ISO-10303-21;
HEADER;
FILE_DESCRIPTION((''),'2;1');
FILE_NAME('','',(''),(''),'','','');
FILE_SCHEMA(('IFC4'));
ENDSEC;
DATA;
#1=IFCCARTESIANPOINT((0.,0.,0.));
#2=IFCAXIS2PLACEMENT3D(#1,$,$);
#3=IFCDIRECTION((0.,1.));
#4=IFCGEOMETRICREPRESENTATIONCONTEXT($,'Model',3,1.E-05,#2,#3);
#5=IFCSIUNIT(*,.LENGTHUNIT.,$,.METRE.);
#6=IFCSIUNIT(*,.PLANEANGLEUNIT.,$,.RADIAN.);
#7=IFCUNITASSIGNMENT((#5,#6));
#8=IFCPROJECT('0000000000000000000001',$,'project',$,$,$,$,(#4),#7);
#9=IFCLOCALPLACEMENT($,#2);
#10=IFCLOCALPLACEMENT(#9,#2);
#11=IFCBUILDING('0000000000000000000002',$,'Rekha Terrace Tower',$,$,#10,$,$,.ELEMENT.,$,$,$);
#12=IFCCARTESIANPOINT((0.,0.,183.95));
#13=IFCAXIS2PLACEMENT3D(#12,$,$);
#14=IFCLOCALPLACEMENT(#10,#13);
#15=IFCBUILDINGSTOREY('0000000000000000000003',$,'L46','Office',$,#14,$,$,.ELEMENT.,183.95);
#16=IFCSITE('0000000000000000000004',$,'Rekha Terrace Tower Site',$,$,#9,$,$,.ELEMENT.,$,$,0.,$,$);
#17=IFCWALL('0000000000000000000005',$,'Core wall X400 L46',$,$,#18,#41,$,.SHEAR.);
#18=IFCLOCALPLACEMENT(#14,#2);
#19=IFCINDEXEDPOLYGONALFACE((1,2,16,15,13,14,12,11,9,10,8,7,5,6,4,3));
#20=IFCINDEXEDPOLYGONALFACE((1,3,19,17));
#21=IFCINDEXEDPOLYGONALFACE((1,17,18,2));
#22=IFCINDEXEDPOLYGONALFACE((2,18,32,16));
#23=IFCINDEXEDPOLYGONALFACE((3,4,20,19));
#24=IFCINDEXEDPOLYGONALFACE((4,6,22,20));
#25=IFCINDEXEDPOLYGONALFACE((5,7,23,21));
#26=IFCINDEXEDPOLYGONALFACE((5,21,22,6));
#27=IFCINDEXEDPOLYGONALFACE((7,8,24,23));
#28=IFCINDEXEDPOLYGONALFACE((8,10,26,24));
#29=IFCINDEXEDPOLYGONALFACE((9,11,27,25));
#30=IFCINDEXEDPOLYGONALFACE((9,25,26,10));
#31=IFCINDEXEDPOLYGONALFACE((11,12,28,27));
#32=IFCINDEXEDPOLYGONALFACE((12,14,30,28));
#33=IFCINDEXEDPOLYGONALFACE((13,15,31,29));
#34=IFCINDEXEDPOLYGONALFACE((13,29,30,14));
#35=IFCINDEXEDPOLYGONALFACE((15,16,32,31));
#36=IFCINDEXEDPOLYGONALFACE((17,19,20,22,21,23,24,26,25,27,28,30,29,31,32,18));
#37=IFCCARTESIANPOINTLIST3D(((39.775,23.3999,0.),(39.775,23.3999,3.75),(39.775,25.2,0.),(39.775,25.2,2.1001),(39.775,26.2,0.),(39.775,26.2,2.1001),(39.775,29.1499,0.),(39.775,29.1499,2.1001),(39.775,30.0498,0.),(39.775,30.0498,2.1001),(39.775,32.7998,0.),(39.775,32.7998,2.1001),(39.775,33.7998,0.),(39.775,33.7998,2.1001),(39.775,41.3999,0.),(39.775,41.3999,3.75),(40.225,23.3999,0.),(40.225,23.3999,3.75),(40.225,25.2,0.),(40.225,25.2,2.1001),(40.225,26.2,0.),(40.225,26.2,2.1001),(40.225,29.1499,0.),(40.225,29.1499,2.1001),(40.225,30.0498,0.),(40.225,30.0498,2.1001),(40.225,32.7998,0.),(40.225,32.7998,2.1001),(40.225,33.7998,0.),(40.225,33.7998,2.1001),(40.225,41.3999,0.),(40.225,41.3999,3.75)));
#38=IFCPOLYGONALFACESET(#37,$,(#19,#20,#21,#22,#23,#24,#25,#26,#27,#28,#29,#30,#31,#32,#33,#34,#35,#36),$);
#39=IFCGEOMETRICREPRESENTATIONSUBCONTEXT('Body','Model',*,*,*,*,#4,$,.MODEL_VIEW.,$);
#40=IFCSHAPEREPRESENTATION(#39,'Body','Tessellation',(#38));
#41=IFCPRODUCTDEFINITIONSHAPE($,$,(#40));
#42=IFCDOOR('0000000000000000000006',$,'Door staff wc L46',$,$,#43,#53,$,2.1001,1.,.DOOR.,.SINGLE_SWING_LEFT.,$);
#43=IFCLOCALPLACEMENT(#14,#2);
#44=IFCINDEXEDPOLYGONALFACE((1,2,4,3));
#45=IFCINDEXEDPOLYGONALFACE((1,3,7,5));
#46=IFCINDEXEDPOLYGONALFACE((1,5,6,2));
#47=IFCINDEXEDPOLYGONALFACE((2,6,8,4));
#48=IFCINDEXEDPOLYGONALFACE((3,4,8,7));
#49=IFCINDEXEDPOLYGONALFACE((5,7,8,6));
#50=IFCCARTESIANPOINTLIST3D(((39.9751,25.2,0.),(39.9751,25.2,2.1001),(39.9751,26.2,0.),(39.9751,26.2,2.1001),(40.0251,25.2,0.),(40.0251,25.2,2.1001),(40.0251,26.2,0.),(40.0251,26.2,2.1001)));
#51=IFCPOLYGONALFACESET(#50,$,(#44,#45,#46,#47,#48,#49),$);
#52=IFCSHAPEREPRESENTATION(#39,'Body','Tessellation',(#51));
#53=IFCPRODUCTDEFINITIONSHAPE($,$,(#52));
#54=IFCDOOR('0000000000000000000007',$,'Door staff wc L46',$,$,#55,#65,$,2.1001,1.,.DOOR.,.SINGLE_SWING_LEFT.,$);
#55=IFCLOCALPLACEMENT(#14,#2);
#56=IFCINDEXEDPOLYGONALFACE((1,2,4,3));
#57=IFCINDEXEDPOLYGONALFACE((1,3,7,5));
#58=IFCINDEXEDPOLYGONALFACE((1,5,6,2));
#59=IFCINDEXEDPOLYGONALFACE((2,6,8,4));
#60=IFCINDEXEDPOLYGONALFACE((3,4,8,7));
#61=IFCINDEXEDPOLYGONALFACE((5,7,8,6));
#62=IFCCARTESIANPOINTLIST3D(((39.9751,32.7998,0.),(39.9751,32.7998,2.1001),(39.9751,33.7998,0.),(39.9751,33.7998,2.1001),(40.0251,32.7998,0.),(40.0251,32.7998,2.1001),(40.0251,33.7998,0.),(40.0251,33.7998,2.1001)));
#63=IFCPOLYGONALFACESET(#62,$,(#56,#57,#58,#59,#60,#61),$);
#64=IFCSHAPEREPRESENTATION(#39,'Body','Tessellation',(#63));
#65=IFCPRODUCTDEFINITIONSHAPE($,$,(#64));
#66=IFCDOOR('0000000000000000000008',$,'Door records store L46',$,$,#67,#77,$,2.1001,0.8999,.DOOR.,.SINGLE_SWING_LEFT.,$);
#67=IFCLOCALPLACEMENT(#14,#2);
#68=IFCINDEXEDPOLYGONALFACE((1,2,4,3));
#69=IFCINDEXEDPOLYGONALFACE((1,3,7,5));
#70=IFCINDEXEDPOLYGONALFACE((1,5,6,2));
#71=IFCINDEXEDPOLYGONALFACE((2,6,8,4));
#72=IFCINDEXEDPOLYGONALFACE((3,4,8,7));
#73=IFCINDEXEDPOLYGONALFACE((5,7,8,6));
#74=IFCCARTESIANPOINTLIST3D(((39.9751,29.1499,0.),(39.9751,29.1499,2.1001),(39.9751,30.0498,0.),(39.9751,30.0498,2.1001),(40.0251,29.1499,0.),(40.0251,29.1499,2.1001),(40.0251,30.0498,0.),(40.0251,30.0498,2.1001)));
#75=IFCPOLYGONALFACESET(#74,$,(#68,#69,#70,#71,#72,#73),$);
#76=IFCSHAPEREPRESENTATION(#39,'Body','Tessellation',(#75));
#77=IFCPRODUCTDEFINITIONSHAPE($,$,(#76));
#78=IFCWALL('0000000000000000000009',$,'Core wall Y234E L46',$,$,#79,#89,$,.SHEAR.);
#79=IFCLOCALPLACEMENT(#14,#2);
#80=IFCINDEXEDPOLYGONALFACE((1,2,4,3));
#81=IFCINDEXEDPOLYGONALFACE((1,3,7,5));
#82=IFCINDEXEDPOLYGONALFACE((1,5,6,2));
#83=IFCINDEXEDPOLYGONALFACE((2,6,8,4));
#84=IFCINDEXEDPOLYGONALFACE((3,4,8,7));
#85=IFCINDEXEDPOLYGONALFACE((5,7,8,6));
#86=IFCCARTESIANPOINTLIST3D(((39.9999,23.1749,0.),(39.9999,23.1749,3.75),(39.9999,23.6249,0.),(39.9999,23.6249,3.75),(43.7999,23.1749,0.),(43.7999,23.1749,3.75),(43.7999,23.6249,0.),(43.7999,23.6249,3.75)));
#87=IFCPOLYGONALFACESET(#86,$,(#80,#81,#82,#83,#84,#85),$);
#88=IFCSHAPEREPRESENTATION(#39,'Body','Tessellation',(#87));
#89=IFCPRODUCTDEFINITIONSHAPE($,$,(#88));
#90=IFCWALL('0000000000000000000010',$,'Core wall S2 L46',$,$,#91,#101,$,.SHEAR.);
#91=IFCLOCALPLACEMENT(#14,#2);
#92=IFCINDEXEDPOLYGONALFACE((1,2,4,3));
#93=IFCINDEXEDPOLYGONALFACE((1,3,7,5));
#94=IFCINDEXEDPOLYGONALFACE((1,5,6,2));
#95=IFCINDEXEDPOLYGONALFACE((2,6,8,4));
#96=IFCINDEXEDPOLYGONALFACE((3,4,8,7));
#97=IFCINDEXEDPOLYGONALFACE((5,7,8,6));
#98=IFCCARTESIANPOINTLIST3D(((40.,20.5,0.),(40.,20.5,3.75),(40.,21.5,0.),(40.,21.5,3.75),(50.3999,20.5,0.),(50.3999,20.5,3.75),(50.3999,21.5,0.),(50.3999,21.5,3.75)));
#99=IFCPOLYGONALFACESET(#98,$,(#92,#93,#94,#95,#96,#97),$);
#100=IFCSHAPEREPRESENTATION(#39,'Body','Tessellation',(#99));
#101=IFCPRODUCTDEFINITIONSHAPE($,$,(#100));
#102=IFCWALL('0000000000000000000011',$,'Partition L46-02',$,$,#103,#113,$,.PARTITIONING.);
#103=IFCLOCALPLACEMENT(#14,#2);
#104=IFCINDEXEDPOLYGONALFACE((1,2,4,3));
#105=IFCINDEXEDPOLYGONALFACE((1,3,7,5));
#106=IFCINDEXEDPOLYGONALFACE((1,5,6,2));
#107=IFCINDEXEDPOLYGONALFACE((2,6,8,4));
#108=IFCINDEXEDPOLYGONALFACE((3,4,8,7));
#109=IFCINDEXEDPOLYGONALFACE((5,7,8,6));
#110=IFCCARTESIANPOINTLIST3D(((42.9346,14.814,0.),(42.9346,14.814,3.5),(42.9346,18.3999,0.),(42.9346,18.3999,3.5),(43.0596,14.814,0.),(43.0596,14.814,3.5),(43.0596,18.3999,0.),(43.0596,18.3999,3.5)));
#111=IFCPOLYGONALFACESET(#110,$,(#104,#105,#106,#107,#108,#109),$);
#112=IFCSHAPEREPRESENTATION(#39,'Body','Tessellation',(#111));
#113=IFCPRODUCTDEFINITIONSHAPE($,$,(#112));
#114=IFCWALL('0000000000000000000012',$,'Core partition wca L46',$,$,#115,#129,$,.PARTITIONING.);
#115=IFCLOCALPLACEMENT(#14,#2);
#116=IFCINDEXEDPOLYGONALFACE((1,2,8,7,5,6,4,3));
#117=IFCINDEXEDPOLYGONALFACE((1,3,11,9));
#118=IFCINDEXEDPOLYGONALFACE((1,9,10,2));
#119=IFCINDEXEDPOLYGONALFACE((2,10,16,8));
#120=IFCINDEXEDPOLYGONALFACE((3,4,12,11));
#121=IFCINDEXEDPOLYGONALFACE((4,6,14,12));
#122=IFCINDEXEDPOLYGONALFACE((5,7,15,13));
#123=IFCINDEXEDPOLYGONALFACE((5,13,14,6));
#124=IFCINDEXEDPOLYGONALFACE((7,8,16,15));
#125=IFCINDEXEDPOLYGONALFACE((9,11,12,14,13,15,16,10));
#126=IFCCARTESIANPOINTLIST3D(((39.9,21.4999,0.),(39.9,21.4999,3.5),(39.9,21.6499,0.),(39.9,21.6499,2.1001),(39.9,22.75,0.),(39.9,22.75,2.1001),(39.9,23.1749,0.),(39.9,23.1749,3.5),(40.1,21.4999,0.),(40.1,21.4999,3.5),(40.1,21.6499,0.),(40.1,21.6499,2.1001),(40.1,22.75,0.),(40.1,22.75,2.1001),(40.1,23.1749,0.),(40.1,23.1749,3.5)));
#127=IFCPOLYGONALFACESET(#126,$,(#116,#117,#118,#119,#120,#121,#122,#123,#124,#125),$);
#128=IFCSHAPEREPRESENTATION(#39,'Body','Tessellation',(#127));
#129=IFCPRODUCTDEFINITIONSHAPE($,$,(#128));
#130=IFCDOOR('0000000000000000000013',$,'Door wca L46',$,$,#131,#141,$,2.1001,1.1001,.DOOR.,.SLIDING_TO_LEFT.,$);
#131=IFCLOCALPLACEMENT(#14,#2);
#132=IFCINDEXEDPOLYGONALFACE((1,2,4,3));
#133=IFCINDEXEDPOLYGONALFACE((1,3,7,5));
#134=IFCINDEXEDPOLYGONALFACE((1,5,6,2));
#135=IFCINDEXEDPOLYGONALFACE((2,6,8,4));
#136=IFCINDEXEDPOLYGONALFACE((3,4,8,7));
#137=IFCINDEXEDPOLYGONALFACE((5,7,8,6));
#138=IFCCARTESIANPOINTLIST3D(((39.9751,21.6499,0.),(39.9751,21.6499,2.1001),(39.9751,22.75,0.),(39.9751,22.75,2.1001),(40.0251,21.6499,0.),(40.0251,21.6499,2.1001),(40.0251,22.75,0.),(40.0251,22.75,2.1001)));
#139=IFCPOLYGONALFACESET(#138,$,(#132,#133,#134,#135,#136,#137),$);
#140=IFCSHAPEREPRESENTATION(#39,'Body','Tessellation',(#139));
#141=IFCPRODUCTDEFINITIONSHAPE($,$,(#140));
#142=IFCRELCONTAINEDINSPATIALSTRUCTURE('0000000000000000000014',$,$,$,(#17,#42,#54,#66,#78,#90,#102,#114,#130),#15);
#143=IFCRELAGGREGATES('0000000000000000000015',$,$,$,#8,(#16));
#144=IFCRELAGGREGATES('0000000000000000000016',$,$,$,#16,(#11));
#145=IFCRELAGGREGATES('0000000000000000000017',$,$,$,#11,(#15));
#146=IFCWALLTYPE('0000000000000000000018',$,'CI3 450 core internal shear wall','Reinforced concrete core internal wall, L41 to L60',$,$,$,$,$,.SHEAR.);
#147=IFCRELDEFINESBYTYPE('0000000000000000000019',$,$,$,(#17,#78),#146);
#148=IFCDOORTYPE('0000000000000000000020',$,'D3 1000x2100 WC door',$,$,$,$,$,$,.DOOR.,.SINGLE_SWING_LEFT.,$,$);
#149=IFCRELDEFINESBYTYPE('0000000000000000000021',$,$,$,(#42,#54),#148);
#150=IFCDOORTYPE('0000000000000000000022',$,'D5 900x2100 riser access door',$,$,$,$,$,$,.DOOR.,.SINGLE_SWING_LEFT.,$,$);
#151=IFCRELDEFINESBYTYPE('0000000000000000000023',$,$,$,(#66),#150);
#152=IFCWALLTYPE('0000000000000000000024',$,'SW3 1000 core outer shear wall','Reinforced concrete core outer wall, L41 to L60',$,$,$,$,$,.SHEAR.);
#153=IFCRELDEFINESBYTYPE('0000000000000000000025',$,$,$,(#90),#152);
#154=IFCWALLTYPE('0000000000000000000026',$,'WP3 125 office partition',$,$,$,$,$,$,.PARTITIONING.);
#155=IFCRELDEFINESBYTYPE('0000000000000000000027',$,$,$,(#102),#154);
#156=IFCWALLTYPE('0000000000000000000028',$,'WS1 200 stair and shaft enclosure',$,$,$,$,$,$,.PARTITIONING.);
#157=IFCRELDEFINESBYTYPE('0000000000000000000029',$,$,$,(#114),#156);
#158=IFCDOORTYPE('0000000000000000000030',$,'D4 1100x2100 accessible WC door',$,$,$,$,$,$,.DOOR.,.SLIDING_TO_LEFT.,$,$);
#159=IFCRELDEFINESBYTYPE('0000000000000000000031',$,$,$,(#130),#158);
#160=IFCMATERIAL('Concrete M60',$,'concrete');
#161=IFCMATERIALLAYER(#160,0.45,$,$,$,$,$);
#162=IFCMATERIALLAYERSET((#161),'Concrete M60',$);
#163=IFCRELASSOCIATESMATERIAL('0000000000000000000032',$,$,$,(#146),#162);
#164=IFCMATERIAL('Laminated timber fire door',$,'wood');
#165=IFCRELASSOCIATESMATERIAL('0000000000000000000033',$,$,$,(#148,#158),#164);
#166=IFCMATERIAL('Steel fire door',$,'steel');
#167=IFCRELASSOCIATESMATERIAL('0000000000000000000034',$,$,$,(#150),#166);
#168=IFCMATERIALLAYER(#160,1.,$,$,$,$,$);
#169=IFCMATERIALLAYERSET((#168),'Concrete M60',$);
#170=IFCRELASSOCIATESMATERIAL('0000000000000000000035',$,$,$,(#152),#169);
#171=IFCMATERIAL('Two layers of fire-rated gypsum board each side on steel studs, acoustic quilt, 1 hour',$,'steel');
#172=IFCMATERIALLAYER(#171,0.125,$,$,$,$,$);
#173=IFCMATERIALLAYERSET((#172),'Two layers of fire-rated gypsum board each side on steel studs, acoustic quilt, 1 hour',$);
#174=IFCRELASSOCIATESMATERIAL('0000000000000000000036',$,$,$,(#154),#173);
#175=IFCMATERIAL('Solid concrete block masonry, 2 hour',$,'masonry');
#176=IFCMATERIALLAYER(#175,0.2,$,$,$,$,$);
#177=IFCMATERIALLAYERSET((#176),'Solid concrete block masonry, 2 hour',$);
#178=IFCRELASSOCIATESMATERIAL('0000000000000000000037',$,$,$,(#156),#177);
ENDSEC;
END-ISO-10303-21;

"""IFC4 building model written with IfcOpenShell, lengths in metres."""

from ifc_helpers import new_model, si_unit, direction, frame, frame_2d, origin, place, context, subcontext, project, spatial, rectangle, extrude, material, layer, layer_set, type_object, element, fill, save


model = new_model("IFC4")

# Units and contexts
model_context = context("Model", 3, precision=1e-05, world=origin(), true_north=direction((0.0, 1.0)))
body_context = subcontext(model_context, "Body", "Model", "MODEL_VIEW")
ifc_project = project(units=[si_unit("LENGTHUNIT", "METRE"), si_unit("PLANEANGLEUNIT", "RADIAN")], contexts=[model_context])

# Site, building, storey
site_placement = place(None, origin())
site = spatial("IfcSite", under=ifc_project, at=site_placement, Name="Rekha Terrace Tower Site", CompositionType="ELEMENT", RefElevation=0.0)
building_placement = place(site_placement, origin())
building = spatial("IfcBuilding", under=site, at=building_placement, Name="Rekha Terrace Tower", CompositionType="ELEMENT")
storey_placement = place(building_placement, frame((0.0, 0.0, 183.95)))
storey = spatial("IfcBuildingStorey", under=building, at=storey_placement, Name="L46", Description="Office", CompositionType="ELEMENT", Elevation=183.95)

# Shared definitions
ifc_material_1 = material(Name="Concrete M60", Category="concrete")

# Wall, openings, doors
ifc_layer_1 = layer(ifc_material_1, 0.45)
ifc_layer_set_1 = layer_set([ifc_layer_1], Name="Concrete M60")
wall_type_1 = type_object("IfcWallType", Name="CI3 450 core internal shear wall", Description="Reinforced concrete core internal wall, L41 to L60", PredefinedType="SHEAR", material=ifc_layer_set_1)
wall_1_placement = place(storey_placement, frame((40.0, 23.3999, 0.0), z_axis=(0.0, 0.0, 1.0), x_axis=(0.0, 1.0, 0.0)))
wall_1 = element("IfcWall", 1, at=wall_1_placement, inside=storey, type_object=wall_type_1, Name="Core wall X400 L46", PredefinedType="SHEAR", context=body_context, shape_type="SweptSolid", body=[
    extrude(rectangle(XDim=18.0, YDim=0.45, at=frame_2d((9.0, 0.0))), origin(), (0.0, 0.0, 1.0), 3.75),
])
opening_1_placement = place(wall_1_placement, frame((1.8, 0.0, 0.0)))
opening_1 = element("IfcOpeningElement", 2, at=opening_1_placement, cuts=wall_1, PredefinedType="OPENING", context=body_context, shape_type="SweptSolid", body=[
    extrude(rectangle(XDim=1.0, YDim=2.1001, at=frame_2d((0.5, 1.05))), frame((0.0, 0.2349, 0.0), z_axis=(0.0, -1.0, 0.0), x_axis=(1.0, 0.0, 0.0)), (0.0, 0.0, 1.0), 0.47),
])
opening_2_placement = place(wall_1_placement, frame((5.75, 0.0, 0.0)))
opening_2 = element("IfcOpeningElement", 3, at=opening_2_placement, cuts=wall_1, PredefinedType="OPENING", context=body_context, shape_type="SweptSolid", body=[
    extrude(rectangle(XDim=0.8999, YDim=2.1001, at=frame_2d((0.45, 1.05))), frame((0.0, 0.2349, 0.0), z_axis=(0.0, -1.0, 0.0), x_axis=(1.0, 0.0, 0.0)), (0.0, 0.0, 1.0), 0.47),
])
opening_3_placement = place(wall_1_placement, frame((9.3999, 0.0, 0.0)))
opening_3 = element("IfcOpeningElement", 4, at=opening_3_placement, cuts=wall_1, PredefinedType="OPENING", context=body_context, shape_type="SweptSolid", body=[
    extrude(rectangle(XDim=1.0, YDim=2.1001, at=frame_2d((0.5, 1.05))), frame((0.0, 0.2349, 0.0), z_axis=(0.0, -1.0, 0.0), x_axis=(1.0, 0.0, 0.0)), (0.0, 0.0, 1.0), 0.47),
])
ifc_material_2 = material(Name="Laminated timber fire door", Category="wood")
door_type_1 = type_object("IfcDoorType", Name="D3 1000x2100 WC door", OperationType="SINGLE_SWING_LEFT", PredefinedType="DOOR", material=ifc_material_2)
door_1_placement = place(opening_1_placement, origin())
door_1 = element("IfcDoor", 5, at=door_1_placement, inside=storey, type_object=door_type_1, Name="Door staff wc L46", OperationType="SINGLE_SWING_LEFT", OverallHeight=2.1001, OverallWidth=1.0, PredefinedType="DOOR", context=body_context, shape_type="SweptSolid", body=[
    extrude(rectangle(XDim=1.0, YDim=2.1001, at=frame_2d((0.5, 1.05))), frame((0.0, 0.0249, 0.0), z_axis=(0.0, -1.0, 0.0), x_axis=(1.0, 0.0, 0.0)), (0.0, 0.0, 1.0), 0.05),
])
fill(opening_1, door_1)
door_2_placement = place(opening_3_placement, origin())
door_2 = element("IfcDoor", 6, at=door_2_placement, inside=storey, type_object=door_type_1, Name="Door staff wc L46", OperationType="SINGLE_SWING_LEFT", OverallHeight=2.1001, OverallWidth=1.0, PredefinedType="DOOR", context=body_context, shape_type="SweptSolid", body=[
    extrude(rectangle(XDim=1.0, YDim=2.1001, at=frame_2d((0.5, 1.05))), frame((0.0, 0.0249, 0.0), z_axis=(0.0, -1.0, 0.0), x_axis=(1.0, 0.0, 0.0)), (0.0, 0.0, 1.0), 0.05),
])
fill(opening_3, door_2)
ifc_material_3 = material(Name="Steel fire door", Category="steel")
door_type_2 = type_object("IfcDoorType", Name="D5 900x2100 riser access door", OperationType="SINGLE_SWING_LEFT", PredefinedType="DOOR", material=ifc_material_3)
door_3_placement = place(opening_2_placement, origin())
door_3 = element("IfcDoor", 7, at=door_3_placement, inside=storey, type_object=door_type_2, Name="Door records store L46", OperationType="SINGLE_SWING_LEFT", OverallHeight=2.1001, OverallWidth=0.8999, PredefinedType="DOOR", context=body_context, shape_type="SweptSolid", body=[
    extrude(rectangle(XDim=0.8999, YDim=2.1001, at=frame_2d((0.45, 1.05))), frame((0.0, 0.0249, 0.0), z_axis=(0.0, -1.0, 0.0), x_axis=(1.0, 0.0, 0.0)), (0.0, 0.0, 1.0), 0.05),
])
fill(opening_2, door_3)

# Walls
wall_2_placement = place(storey_placement, frame((40.0, 23.3999, 0.0), z_axis=(0.0, 0.0, 1.0), x_axis=(1.0, 0.0, 0.0)))
element("IfcWall", 8, at=wall_2_placement, inside=storey, type_object=wall_type_1, Name="Core wall Y234E L46", PredefinedType="SHEAR", context=body_context, shape_type="SweptSolid", body=[
    extrude(rectangle(XDim=3.8, YDim=0.45, at=frame_2d((1.8999, 0.0))), origin(), (0.0, 0.0, 1.0), 3.75),
])
ifc_layer_2 = layer(ifc_material_1, 1.0)
ifc_layer_set_2 = layer_set([ifc_layer_2], Name="Concrete M60")
wall_type_2 = type_object("IfcWallType", Name="SW3 1000 core outer shear wall", Description="Reinforced concrete core outer wall, L41 to L60", PredefinedType="SHEAR", material=ifc_layer_set_2)
wall_3_placement = place(storey_placement, frame((40.0, 21.0, 0.0), z_axis=(0.0, 0.0, 1.0), x_axis=(1.0, 0.0, 0.0)))
element("IfcWall", 9, at=wall_3_placement, inside=storey, type_object=wall_type_2, Name="Core wall S2 L46", PredefinedType="SHEAR", context=body_context, shape_type="SweptSolid", body=[
    extrude(rectangle(XDim=10.3999, YDim=1.0, at=frame_2d((5.2, 0.0))), origin(), (0.0, 0.0, 1.0), 3.75),
])
ifc_material_4 = material(Name="Two layers of fire-rated gypsum board each side on steel studs, acoustic quilt, 1 hour", Category="steel")
ifc_layer_3 = layer(ifc_material_4, 0.125)
ifc_layer_set_3 = layer_set([ifc_layer_3], Name="Two layers of fire-rated gypsum board each side on steel studs, acoustic quilt, 1 hour")
wall_type_3 = type_object("IfcWallType", Name="WP3 125 office partition", PredefinedType="PARTITIONING", material=ifc_layer_set_3)
wall_4_placement = place(storey_placement, frame((42.9971, 18.3999, 0.0), z_axis=(0.0, 0.0, 1.0), x_axis=(0.0, -1.0, 0.0)))
element("IfcWall", 10, at=wall_4_placement, inside=storey, type_object=wall_type_3, Name="Partition L46-02", PredefinedType="PARTITIONING", context=body_context, shape_type="SweptSolid", body=[
    extrude(rectangle(XDim=3.5859, YDim=0.125, at=frame_2d((1.793, 0.0))), origin(), (0.0, 0.0, 1.0), 3.5),
])

# Wall, opening, door
ifc_material_5 = material(Name="Solid concrete block masonry, 2 hour", Category="masonry")
ifc_layer_4 = layer(ifc_material_5, 0.2)
ifc_layer_set_4 = layer_set([ifc_layer_4], Name="Solid concrete block masonry, 2 hour")
wall_type_4 = type_object("IfcWallType", Name="WS1 200 stair and shaft enclosure", PredefinedType="PARTITIONING", material=ifc_layer_set_4)
wall_5_placement = place(storey_placement, frame((40.0, 21.5, 0.0), z_axis=(0.0, 0.0, 1.0), x_axis=(0.0, 1.0, 0.0)))
wall_5 = element("IfcWall", 11, at=wall_5_placement, inside=storey, type_object=wall_type_4, Name="Core partition wca L46", PredefinedType="PARTITIONING", context=body_context, shape_type="SweptSolid", body=[
    extrude(rectangle(XDim=1.675, YDim=0.2, at=frame_2d((0.8374, 0.0))), origin(), (0.0, 0.0, 1.0), 3.5),
])
opening_4_placement = place(wall_5_placement, frame((0.1499, 0.0, 0.0)))
opening_4 = element("IfcOpeningElement", 12, at=opening_4_placement, cuts=wall_5, PredefinedType="OPENING", context=body_context, shape_type="SweptSolid", body=[
    extrude(rectangle(XDim=1.1001, YDim=2.1001, at=frame_2d((0.55, 1.05))), frame((0.0, 0.1099, 0.0), z_axis=(0.0, -1.0, 0.0), x_axis=(1.0, 0.0, 0.0)), (0.0, 0.0, 1.0), 0.22),
])
door_type_3 = type_object("IfcDoorType", Name="D4 1100x2100 accessible WC door", OperationType="SLIDING_TO_LEFT", PredefinedType="DOOR", material=ifc_material_2)
door_4_placement = place(opening_4_placement, origin())
door_4 = element("IfcDoor", 13, at=door_4_placement, inside=storey, type_object=door_type_3, Name="Door wca L46", OperationType="SLIDING_TO_LEFT", OverallHeight=2.1001, OverallWidth=1.1001, PredefinedType="DOOR", context=body_context, shape_type="SweptSolid", body=[
    extrude(rectangle(XDim=1.1001, YDim=2.1001, at=frame_2d((0.55, 1.05))), frame((0.0, 0.0249, 0.0), z_axis=(0.0, -1.0, 0.0), x_axis=(1.0, 0.0, 0.0)), (0.0, 0.0, 1.0), 0.05),
])
fill(opening_4, door_4)

save(model, "model.ifc")
